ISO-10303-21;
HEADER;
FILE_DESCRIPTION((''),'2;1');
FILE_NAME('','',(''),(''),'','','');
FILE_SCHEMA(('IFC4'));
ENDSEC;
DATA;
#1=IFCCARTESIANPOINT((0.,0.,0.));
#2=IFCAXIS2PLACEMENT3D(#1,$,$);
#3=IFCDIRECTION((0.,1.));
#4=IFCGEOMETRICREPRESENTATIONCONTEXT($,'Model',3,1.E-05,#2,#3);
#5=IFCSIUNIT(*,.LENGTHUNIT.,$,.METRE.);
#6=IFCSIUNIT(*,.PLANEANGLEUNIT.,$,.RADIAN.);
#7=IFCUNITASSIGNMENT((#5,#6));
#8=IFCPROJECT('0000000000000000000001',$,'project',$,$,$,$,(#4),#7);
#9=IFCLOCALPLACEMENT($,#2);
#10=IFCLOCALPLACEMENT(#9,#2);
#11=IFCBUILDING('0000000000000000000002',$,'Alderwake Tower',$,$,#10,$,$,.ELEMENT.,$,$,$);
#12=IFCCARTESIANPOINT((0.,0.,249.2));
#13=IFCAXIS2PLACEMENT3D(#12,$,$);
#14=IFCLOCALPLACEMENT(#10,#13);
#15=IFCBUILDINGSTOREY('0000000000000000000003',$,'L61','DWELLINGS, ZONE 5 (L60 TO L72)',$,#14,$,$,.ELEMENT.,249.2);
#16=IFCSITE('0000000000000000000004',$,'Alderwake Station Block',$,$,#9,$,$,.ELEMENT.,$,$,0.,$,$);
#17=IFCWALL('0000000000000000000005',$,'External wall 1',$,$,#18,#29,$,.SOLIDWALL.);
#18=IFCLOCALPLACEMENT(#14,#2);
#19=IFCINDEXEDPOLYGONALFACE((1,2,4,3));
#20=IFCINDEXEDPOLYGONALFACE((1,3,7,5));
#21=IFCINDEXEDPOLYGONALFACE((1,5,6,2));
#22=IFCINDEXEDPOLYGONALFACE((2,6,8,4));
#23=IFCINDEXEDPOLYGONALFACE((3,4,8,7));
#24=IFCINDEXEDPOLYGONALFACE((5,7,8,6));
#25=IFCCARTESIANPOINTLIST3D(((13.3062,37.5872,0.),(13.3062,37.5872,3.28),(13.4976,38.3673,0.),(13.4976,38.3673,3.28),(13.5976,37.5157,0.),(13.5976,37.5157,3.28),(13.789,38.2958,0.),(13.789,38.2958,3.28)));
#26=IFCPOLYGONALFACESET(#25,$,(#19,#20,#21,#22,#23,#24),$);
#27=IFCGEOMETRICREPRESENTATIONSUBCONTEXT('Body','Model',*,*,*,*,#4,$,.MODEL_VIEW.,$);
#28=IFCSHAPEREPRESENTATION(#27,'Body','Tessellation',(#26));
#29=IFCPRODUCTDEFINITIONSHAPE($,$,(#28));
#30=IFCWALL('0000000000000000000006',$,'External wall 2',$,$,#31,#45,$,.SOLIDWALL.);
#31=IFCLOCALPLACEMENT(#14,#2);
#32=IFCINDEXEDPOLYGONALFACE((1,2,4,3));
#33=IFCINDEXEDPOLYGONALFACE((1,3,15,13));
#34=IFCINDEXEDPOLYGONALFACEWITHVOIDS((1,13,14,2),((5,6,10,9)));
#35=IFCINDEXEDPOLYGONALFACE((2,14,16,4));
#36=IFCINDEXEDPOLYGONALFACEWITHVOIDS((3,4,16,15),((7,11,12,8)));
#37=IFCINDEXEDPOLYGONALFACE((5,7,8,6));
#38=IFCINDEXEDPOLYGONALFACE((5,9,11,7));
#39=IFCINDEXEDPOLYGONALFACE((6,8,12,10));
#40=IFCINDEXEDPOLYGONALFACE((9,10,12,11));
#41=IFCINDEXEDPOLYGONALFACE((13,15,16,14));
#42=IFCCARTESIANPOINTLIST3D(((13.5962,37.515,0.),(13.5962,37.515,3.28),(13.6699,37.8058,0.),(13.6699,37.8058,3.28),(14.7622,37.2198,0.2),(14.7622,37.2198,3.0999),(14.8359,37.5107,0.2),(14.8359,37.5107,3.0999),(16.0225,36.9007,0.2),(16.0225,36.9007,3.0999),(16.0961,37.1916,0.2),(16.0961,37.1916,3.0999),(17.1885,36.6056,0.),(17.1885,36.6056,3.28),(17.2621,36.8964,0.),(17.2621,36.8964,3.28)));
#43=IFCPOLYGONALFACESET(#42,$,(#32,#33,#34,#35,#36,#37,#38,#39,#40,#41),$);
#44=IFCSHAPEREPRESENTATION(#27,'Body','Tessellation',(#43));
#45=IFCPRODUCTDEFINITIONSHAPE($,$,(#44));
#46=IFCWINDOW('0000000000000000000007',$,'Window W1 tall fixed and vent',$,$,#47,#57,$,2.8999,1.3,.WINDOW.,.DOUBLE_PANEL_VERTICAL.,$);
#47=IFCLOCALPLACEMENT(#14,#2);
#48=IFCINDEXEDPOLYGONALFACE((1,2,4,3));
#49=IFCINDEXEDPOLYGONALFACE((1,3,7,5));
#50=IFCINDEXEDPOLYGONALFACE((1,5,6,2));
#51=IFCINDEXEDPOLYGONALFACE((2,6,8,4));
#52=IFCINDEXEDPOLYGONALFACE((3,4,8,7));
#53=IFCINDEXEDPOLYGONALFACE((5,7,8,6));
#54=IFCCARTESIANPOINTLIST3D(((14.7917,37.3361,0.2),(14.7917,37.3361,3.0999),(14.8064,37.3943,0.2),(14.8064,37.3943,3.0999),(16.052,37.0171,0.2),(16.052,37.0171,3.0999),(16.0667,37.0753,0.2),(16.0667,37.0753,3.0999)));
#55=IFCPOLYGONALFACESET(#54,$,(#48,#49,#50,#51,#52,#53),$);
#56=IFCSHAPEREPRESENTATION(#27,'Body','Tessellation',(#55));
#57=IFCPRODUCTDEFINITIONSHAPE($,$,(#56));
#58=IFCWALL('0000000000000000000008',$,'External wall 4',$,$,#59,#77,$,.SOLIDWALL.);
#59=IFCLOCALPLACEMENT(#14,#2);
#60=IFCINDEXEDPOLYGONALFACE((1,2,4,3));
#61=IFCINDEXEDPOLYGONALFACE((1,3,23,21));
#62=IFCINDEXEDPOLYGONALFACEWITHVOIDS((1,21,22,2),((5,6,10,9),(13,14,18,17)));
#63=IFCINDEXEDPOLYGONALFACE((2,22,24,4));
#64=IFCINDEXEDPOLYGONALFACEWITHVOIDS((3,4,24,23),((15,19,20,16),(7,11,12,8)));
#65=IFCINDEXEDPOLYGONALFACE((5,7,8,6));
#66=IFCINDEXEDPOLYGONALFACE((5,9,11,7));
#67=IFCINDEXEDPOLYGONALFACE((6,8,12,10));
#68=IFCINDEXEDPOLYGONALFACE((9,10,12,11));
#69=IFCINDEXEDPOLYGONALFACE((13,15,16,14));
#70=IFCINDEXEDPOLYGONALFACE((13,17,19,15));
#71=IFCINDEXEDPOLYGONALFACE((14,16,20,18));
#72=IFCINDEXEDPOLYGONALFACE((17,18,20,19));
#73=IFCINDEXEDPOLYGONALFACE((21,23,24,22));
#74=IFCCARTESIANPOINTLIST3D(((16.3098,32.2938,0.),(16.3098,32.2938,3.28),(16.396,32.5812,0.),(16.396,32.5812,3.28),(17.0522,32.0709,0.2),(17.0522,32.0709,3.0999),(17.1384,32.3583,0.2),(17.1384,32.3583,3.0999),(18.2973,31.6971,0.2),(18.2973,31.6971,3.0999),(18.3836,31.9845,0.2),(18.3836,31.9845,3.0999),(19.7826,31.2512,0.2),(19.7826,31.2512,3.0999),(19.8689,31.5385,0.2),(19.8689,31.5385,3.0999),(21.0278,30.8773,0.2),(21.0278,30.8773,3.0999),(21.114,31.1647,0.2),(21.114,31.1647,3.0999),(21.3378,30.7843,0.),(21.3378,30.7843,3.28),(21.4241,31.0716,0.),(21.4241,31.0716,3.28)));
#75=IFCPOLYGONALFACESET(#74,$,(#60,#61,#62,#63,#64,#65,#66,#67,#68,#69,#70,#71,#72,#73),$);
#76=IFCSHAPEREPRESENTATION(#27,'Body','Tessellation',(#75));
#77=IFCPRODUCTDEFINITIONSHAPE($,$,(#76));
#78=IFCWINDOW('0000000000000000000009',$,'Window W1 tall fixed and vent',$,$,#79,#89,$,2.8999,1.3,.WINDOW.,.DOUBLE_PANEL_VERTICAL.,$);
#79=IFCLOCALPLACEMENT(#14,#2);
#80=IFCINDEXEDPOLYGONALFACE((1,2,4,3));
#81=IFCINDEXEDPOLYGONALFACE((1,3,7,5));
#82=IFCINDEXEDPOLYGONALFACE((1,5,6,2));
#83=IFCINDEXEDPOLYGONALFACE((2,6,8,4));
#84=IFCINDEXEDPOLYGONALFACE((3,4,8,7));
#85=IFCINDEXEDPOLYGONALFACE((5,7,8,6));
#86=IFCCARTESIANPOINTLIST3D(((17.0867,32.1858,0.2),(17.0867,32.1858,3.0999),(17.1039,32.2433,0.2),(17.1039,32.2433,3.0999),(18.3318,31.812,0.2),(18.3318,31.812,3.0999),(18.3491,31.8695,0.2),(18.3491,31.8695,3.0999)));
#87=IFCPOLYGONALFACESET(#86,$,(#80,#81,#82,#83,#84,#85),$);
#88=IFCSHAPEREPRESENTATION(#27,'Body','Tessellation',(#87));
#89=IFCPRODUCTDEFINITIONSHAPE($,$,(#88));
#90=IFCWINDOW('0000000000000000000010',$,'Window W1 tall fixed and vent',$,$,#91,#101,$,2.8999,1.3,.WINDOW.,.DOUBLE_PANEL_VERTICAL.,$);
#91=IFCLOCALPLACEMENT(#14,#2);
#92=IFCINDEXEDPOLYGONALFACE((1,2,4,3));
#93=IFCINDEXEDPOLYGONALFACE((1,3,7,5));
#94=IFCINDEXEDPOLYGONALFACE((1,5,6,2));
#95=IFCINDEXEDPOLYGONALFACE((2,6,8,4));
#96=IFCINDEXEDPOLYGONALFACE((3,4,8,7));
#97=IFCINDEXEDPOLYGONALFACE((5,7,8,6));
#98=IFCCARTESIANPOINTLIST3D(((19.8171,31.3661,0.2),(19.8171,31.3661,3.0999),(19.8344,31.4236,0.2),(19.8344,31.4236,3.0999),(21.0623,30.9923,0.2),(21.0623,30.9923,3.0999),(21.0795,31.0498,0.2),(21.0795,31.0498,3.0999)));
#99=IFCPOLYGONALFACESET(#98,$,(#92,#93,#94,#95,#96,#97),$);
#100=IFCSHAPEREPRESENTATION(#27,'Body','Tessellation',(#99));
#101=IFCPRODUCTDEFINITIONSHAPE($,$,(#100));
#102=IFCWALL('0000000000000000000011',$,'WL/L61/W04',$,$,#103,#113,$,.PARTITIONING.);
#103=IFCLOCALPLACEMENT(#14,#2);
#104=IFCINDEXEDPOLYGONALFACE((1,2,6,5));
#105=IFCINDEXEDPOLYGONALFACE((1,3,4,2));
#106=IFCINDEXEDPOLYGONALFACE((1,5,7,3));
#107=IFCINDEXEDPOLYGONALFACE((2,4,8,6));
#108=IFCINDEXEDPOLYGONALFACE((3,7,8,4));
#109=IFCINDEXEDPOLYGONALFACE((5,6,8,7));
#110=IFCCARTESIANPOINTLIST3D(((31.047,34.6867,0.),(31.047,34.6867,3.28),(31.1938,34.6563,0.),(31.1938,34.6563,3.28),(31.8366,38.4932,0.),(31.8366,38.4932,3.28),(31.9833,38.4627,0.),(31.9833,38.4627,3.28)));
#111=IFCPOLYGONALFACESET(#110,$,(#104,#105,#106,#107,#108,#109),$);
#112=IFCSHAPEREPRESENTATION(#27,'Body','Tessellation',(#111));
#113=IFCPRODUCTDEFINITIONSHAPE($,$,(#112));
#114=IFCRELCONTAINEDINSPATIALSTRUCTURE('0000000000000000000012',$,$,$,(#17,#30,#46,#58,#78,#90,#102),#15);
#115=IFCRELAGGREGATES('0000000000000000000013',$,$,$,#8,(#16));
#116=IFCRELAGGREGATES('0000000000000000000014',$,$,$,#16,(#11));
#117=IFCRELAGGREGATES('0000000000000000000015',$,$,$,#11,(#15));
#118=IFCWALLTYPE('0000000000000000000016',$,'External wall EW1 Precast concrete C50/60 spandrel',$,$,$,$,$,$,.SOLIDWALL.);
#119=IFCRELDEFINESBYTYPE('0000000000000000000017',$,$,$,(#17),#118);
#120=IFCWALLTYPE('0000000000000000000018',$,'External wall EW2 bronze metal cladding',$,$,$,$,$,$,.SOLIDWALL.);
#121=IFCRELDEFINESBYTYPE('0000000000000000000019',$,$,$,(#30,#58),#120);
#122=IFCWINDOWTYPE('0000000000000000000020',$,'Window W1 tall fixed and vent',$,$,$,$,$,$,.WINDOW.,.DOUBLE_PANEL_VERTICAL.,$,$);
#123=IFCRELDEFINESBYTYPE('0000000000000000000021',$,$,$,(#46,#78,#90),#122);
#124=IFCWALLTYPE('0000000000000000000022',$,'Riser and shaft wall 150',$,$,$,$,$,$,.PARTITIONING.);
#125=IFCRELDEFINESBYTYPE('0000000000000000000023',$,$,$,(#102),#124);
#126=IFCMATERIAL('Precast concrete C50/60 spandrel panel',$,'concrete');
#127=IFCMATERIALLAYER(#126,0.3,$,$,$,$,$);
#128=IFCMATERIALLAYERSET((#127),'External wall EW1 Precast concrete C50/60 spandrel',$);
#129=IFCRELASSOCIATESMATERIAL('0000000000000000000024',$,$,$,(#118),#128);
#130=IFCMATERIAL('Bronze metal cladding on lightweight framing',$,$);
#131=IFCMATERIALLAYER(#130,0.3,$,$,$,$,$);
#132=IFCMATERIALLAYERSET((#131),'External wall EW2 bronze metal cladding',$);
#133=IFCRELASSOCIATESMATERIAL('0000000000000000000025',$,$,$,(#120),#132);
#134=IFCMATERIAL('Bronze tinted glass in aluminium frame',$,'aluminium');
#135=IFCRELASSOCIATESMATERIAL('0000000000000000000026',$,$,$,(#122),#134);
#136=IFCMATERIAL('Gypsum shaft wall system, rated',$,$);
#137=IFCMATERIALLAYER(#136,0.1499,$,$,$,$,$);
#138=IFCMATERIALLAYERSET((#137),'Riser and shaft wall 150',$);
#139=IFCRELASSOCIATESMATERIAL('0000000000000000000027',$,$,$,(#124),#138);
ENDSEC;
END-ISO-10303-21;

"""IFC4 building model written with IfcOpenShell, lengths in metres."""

from ifc_helpers import new_model, si_unit, direction, frame, frame_2d, origin, place, context, subcontext, project, spatial, rectangle, extrude, material, layer, layer_set, type_object, element, fill, save


model = new_model("IFC4")

# Units and contexts
model_context = context("Model", 3, precision=1e-05, world=origin(), true_north=direction((0.0, 1.0)))
body_context = subcontext(model_context, "Body", "Model", "MODEL_VIEW")
ifc_project = project(units=[si_unit("LENGTHUNIT", "METRE"), si_unit("PLANEANGLEUNIT", "RADIAN")], contexts=[model_context])

# Site, building, storey
site_placement = place(None, origin())
site = spatial("IfcSite", under=ifc_project, at=site_placement, Name="Alderwake Station Block", CompositionType="ELEMENT", RefElevation=0.0)
building_placement = place(site_placement, origin())
building = spatial("IfcBuilding", under=site, at=building_placement, Name="Alderwake Tower", CompositionType="ELEMENT")
storey_placement = place(building_placement, frame((0.0, 0.0, 249.2)))
storey = spatial("IfcBuildingStorey", under=building, at=storey_placement, Name="L61", Description="DWELLINGS, ZONE 5 (L60 TO L72)", CompositionType="ELEMENT", Elevation=249.2)

# Wall
ifc_material_1 = material(Name="Precast concrete C50/60 spandrel panel", Category="concrete")
ifc_layer_1 = layer(ifc_material_1, 0.3)
ifc_layer_set_1 = layer_set([ifc_layer_1], Name="External wall EW1 Precast concrete C50/60 spandrel")
wall_type_1 = type_object("IfcWallType", Name="External wall EW1 Precast concrete C50/60 spandrel", PredefinedType="SOLIDWALL", material=ifc_layer_set_1)
wall_1_placement = place(storey_placement, frame((13.6433, 38.3315, 0.0), z_axis=(0.0, 0.0, 1.0), x_axis=(-0.238313, -0.971188, 0.0)))
element("IfcWall", 1, at=wall_1_placement, inside=storey, type_object=wall_type_1, Name="External wall 1", PredefinedType="SOLIDWALL", context=body_context, shape_type="SweptSolid", body=[
    extrude(rectangle(XDim=0.8032, YDim=0.3, at=frame_2d((0.4016, 0.0))), origin(), (0.0, 0.0, 1.0), 3.28),
])

# Wall, opening, window
ifc_material_2 = material(Name="Bronze metal cladding on lightweight framing")
ifc_layer_2 = layer(ifc_material_2, 0.3)
ifc_layer_set_2 = layer_set([ifc_layer_2], Name="External wall EW2 bronze metal cladding")
wall_type_2 = type_object("IfcWallType", Name="External wall EW2 bronze metal cladding", PredefinedType="SOLIDWALL", material=ifc_layer_set_2)
wall_2_placement = place(storey_placement, frame((13.6331, 37.6604, 0.0), z_axis=(0.0, 0.0, 1.0), x_axis=(0.969417, -0.245418, 0.0)))
wall_2 = element("IfcWall", 2, at=wall_2_placement, inside=storey, type_object=wall_type_2, Name="External wall 2", PredefinedType="SOLIDWALL", context=body_context, shape_type="SweptSolid", body=[
    extrude(rectangle(XDim=3.7056, YDim=0.3, at=frame_2d((1.8528, 0.0))), origin(), (0.0, 0.0, 1.0), 3.28),
])
opening_1_placement = place(wall_2_placement, frame((1.2029, 0.0, 0.2)))
opening_1 = element("IfcOpeningElement", 3, at=opening_1_placement, cuts=wall_2, PredefinedType="OPENING", context=body_context, shape_type="SweptSolid", body=[
    extrude(rectangle(XDim=1.3, YDim=2.8999, at=frame_2d((0.6499, 1.45))), frame((0.0, 0.1599, 0.0), z_axis=(0.0, -1.0, 0.0), x_axis=(1.0, 0.0, 0.0)), (0.0, 0.0, 1.0), 0.3201),
])
ifc_material_3 = material(Name="Bronze tinted glass in aluminium frame", Category="aluminium")
window_type = type_object("IfcWindowType", Name="Window W1 tall fixed and vent", PartitioningType="DOUBLE_PANEL_VERTICAL", PredefinedType="WINDOW", material=ifc_material_3)
window_1_placement = place(opening_1_placement, origin())
window_1 = element("IfcWindow", 4, at=window_1_placement, inside=storey, type_object=window_type, Name="Window W1 tall fixed and vent", OverallHeight=2.8999, OverallWidth=1.3, PartitioningType="DOUBLE_PANEL_VERTICAL", PredefinedType="WINDOW", context=body_context, shape_type="SweptSolid", body=[
    extrude(rectangle(XDim=1.3, YDim=2.8999, at=frame_2d((0.6499, 1.45))), frame((0.0, 0.03, 0.0), z_axis=(0.0, -1.0, 0.0), x_axis=(1.0, 0.0, 0.0)), (0.0, 0.0, 1.0), 0.0601),
])
fill(opening_1, window_1)

# Wall, openings, windows
wall_3_placement = place(storey_placement, frame((16.3528, 32.4375, 0.0), z_axis=(0.0, 0.0, 1.0), x_axis=(0.957769, -0.28754, 0.0)))
wall_3 = element("IfcWall", 5, at=wall_3_placement, inside=storey, type_object=wall_type_2, Name="External wall 4", PredefinedType="SOLIDWALL", context=body_context, shape_type="SweptSolid", body=[
    extrude(rectangle(XDim=5.2498, YDim=0.3, at=frame_2d((2.625, 0.0))), origin(), (0.0, 0.0, 1.0), 3.28),
])
opening_2_placement = place(wall_3_placement, frame((0.7754, 0.0, 0.2)))
opening_2 = element("IfcOpeningElement", 6, at=opening_2_placement, cuts=wall_3, PredefinedType="OPENING", context=body_context, shape_type="SweptSolid", body=[
    extrude(rectangle(XDim=1.3, YDim=2.8999, at=frame_2d((0.6499, 1.45))), frame((0.0, 0.1599, 0.0), z_axis=(0.0, -1.0, 0.0), x_axis=(1.0, 0.0, 0.0)), (0.0, 0.0, 1.0), 0.3201),
])
opening_3_placement = place(wall_3_placement, frame((3.6262, 0.0, 0.2)))
opening_3 = element("IfcOpeningElement", 7, at=opening_3_placement, cuts=wall_3, PredefinedType="OPENING", context=body_context, shape_type="SweptSolid", body=[
    extrude(rectangle(XDim=1.3, YDim=2.8999, at=frame_2d((0.6499, 1.45))), frame((0.0, 0.1599, 0.0), z_axis=(0.0, -1.0, 0.0), x_axis=(1.0, 0.0, 0.0)), (0.0, 0.0, 1.0), 0.3201),
])
window_2_placement = place(opening_2_placement, origin())
window_2 = element("IfcWindow", 8, at=window_2_placement, inside=storey, type_object=window_type, Name="Window W1 tall fixed and vent", OverallHeight=2.8999, OverallWidth=1.3, PartitioningType="DOUBLE_PANEL_VERTICAL", PredefinedType="WINDOW", context=body_context, shape_type="SweptSolid", body=[
    extrude(rectangle(XDim=1.3, YDim=2.8999, at=frame_2d((0.6499, 1.45))), frame((0.0, 0.03, 0.0), z_axis=(0.0, -1.0, 0.0), x_axis=(1.0, 0.0, 0.0)), (0.0, 0.0, 1.0), 0.0601),
])
fill(opening_2, window_2)
window_3_placement = place(opening_3_placement, origin())
window_3 = element("IfcWindow", 9, at=window_3_placement, inside=storey, type_object=window_type, Name="Window W1 tall fixed and vent", OverallHeight=2.8999, OverallWidth=1.3, PartitioningType="DOUBLE_PANEL_VERTICAL", PredefinedType="WINDOW", context=body_context, shape_type="SweptSolid", body=[
    extrude(rectangle(XDim=1.3, YDim=2.8999, at=frame_2d((0.6499, 1.45))), frame((0.0, 0.03, 0.0), z_axis=(0.0, -1.0, 0.0), x_axis=(1.0, 0.0, 0.0)), (0.0, 0.0, 1.0), 0.0601),
])
fill(opening_3, window_3)

# Wall
ifc_material_4 = material(Name="Gypsum shaft wall system, rated")
ifc_layer_3 = layer(ifc_material_4, 0.1499)
ifc_layer_set_3 = layer_set([ifc_layer_3], Name="Riser and shaft wall 150")
wall_type_3 = type_object("IfcWallType", Name="Riser and shaft wall 150", PredefinedType="PARTITIONING", material=ifc_layer_set_3)
wall_4_placement = place(storey_placement, frame((31.1204, 34.6714, 0.0), z_axis=(0.0, 0.0, 1.0), x_axis=(0.203104, 0.979157, 0.0)))
element("IfcWall", 10, at=wall_4_placement, inside=storey, type_object=wall_type_3, Name="WL/L61/W04", PredefinedType="PARTITIONING", context=body_context, shape_type="SweptSolid", body=[
    extrude(rectangle(XDim=3.8875, YDim=0.1499, at=frame_2d((1.9438, 0.0))), origin(), (0.0, 0.0, 1.0), 3.28),
])

save(model, "model.ifc")
